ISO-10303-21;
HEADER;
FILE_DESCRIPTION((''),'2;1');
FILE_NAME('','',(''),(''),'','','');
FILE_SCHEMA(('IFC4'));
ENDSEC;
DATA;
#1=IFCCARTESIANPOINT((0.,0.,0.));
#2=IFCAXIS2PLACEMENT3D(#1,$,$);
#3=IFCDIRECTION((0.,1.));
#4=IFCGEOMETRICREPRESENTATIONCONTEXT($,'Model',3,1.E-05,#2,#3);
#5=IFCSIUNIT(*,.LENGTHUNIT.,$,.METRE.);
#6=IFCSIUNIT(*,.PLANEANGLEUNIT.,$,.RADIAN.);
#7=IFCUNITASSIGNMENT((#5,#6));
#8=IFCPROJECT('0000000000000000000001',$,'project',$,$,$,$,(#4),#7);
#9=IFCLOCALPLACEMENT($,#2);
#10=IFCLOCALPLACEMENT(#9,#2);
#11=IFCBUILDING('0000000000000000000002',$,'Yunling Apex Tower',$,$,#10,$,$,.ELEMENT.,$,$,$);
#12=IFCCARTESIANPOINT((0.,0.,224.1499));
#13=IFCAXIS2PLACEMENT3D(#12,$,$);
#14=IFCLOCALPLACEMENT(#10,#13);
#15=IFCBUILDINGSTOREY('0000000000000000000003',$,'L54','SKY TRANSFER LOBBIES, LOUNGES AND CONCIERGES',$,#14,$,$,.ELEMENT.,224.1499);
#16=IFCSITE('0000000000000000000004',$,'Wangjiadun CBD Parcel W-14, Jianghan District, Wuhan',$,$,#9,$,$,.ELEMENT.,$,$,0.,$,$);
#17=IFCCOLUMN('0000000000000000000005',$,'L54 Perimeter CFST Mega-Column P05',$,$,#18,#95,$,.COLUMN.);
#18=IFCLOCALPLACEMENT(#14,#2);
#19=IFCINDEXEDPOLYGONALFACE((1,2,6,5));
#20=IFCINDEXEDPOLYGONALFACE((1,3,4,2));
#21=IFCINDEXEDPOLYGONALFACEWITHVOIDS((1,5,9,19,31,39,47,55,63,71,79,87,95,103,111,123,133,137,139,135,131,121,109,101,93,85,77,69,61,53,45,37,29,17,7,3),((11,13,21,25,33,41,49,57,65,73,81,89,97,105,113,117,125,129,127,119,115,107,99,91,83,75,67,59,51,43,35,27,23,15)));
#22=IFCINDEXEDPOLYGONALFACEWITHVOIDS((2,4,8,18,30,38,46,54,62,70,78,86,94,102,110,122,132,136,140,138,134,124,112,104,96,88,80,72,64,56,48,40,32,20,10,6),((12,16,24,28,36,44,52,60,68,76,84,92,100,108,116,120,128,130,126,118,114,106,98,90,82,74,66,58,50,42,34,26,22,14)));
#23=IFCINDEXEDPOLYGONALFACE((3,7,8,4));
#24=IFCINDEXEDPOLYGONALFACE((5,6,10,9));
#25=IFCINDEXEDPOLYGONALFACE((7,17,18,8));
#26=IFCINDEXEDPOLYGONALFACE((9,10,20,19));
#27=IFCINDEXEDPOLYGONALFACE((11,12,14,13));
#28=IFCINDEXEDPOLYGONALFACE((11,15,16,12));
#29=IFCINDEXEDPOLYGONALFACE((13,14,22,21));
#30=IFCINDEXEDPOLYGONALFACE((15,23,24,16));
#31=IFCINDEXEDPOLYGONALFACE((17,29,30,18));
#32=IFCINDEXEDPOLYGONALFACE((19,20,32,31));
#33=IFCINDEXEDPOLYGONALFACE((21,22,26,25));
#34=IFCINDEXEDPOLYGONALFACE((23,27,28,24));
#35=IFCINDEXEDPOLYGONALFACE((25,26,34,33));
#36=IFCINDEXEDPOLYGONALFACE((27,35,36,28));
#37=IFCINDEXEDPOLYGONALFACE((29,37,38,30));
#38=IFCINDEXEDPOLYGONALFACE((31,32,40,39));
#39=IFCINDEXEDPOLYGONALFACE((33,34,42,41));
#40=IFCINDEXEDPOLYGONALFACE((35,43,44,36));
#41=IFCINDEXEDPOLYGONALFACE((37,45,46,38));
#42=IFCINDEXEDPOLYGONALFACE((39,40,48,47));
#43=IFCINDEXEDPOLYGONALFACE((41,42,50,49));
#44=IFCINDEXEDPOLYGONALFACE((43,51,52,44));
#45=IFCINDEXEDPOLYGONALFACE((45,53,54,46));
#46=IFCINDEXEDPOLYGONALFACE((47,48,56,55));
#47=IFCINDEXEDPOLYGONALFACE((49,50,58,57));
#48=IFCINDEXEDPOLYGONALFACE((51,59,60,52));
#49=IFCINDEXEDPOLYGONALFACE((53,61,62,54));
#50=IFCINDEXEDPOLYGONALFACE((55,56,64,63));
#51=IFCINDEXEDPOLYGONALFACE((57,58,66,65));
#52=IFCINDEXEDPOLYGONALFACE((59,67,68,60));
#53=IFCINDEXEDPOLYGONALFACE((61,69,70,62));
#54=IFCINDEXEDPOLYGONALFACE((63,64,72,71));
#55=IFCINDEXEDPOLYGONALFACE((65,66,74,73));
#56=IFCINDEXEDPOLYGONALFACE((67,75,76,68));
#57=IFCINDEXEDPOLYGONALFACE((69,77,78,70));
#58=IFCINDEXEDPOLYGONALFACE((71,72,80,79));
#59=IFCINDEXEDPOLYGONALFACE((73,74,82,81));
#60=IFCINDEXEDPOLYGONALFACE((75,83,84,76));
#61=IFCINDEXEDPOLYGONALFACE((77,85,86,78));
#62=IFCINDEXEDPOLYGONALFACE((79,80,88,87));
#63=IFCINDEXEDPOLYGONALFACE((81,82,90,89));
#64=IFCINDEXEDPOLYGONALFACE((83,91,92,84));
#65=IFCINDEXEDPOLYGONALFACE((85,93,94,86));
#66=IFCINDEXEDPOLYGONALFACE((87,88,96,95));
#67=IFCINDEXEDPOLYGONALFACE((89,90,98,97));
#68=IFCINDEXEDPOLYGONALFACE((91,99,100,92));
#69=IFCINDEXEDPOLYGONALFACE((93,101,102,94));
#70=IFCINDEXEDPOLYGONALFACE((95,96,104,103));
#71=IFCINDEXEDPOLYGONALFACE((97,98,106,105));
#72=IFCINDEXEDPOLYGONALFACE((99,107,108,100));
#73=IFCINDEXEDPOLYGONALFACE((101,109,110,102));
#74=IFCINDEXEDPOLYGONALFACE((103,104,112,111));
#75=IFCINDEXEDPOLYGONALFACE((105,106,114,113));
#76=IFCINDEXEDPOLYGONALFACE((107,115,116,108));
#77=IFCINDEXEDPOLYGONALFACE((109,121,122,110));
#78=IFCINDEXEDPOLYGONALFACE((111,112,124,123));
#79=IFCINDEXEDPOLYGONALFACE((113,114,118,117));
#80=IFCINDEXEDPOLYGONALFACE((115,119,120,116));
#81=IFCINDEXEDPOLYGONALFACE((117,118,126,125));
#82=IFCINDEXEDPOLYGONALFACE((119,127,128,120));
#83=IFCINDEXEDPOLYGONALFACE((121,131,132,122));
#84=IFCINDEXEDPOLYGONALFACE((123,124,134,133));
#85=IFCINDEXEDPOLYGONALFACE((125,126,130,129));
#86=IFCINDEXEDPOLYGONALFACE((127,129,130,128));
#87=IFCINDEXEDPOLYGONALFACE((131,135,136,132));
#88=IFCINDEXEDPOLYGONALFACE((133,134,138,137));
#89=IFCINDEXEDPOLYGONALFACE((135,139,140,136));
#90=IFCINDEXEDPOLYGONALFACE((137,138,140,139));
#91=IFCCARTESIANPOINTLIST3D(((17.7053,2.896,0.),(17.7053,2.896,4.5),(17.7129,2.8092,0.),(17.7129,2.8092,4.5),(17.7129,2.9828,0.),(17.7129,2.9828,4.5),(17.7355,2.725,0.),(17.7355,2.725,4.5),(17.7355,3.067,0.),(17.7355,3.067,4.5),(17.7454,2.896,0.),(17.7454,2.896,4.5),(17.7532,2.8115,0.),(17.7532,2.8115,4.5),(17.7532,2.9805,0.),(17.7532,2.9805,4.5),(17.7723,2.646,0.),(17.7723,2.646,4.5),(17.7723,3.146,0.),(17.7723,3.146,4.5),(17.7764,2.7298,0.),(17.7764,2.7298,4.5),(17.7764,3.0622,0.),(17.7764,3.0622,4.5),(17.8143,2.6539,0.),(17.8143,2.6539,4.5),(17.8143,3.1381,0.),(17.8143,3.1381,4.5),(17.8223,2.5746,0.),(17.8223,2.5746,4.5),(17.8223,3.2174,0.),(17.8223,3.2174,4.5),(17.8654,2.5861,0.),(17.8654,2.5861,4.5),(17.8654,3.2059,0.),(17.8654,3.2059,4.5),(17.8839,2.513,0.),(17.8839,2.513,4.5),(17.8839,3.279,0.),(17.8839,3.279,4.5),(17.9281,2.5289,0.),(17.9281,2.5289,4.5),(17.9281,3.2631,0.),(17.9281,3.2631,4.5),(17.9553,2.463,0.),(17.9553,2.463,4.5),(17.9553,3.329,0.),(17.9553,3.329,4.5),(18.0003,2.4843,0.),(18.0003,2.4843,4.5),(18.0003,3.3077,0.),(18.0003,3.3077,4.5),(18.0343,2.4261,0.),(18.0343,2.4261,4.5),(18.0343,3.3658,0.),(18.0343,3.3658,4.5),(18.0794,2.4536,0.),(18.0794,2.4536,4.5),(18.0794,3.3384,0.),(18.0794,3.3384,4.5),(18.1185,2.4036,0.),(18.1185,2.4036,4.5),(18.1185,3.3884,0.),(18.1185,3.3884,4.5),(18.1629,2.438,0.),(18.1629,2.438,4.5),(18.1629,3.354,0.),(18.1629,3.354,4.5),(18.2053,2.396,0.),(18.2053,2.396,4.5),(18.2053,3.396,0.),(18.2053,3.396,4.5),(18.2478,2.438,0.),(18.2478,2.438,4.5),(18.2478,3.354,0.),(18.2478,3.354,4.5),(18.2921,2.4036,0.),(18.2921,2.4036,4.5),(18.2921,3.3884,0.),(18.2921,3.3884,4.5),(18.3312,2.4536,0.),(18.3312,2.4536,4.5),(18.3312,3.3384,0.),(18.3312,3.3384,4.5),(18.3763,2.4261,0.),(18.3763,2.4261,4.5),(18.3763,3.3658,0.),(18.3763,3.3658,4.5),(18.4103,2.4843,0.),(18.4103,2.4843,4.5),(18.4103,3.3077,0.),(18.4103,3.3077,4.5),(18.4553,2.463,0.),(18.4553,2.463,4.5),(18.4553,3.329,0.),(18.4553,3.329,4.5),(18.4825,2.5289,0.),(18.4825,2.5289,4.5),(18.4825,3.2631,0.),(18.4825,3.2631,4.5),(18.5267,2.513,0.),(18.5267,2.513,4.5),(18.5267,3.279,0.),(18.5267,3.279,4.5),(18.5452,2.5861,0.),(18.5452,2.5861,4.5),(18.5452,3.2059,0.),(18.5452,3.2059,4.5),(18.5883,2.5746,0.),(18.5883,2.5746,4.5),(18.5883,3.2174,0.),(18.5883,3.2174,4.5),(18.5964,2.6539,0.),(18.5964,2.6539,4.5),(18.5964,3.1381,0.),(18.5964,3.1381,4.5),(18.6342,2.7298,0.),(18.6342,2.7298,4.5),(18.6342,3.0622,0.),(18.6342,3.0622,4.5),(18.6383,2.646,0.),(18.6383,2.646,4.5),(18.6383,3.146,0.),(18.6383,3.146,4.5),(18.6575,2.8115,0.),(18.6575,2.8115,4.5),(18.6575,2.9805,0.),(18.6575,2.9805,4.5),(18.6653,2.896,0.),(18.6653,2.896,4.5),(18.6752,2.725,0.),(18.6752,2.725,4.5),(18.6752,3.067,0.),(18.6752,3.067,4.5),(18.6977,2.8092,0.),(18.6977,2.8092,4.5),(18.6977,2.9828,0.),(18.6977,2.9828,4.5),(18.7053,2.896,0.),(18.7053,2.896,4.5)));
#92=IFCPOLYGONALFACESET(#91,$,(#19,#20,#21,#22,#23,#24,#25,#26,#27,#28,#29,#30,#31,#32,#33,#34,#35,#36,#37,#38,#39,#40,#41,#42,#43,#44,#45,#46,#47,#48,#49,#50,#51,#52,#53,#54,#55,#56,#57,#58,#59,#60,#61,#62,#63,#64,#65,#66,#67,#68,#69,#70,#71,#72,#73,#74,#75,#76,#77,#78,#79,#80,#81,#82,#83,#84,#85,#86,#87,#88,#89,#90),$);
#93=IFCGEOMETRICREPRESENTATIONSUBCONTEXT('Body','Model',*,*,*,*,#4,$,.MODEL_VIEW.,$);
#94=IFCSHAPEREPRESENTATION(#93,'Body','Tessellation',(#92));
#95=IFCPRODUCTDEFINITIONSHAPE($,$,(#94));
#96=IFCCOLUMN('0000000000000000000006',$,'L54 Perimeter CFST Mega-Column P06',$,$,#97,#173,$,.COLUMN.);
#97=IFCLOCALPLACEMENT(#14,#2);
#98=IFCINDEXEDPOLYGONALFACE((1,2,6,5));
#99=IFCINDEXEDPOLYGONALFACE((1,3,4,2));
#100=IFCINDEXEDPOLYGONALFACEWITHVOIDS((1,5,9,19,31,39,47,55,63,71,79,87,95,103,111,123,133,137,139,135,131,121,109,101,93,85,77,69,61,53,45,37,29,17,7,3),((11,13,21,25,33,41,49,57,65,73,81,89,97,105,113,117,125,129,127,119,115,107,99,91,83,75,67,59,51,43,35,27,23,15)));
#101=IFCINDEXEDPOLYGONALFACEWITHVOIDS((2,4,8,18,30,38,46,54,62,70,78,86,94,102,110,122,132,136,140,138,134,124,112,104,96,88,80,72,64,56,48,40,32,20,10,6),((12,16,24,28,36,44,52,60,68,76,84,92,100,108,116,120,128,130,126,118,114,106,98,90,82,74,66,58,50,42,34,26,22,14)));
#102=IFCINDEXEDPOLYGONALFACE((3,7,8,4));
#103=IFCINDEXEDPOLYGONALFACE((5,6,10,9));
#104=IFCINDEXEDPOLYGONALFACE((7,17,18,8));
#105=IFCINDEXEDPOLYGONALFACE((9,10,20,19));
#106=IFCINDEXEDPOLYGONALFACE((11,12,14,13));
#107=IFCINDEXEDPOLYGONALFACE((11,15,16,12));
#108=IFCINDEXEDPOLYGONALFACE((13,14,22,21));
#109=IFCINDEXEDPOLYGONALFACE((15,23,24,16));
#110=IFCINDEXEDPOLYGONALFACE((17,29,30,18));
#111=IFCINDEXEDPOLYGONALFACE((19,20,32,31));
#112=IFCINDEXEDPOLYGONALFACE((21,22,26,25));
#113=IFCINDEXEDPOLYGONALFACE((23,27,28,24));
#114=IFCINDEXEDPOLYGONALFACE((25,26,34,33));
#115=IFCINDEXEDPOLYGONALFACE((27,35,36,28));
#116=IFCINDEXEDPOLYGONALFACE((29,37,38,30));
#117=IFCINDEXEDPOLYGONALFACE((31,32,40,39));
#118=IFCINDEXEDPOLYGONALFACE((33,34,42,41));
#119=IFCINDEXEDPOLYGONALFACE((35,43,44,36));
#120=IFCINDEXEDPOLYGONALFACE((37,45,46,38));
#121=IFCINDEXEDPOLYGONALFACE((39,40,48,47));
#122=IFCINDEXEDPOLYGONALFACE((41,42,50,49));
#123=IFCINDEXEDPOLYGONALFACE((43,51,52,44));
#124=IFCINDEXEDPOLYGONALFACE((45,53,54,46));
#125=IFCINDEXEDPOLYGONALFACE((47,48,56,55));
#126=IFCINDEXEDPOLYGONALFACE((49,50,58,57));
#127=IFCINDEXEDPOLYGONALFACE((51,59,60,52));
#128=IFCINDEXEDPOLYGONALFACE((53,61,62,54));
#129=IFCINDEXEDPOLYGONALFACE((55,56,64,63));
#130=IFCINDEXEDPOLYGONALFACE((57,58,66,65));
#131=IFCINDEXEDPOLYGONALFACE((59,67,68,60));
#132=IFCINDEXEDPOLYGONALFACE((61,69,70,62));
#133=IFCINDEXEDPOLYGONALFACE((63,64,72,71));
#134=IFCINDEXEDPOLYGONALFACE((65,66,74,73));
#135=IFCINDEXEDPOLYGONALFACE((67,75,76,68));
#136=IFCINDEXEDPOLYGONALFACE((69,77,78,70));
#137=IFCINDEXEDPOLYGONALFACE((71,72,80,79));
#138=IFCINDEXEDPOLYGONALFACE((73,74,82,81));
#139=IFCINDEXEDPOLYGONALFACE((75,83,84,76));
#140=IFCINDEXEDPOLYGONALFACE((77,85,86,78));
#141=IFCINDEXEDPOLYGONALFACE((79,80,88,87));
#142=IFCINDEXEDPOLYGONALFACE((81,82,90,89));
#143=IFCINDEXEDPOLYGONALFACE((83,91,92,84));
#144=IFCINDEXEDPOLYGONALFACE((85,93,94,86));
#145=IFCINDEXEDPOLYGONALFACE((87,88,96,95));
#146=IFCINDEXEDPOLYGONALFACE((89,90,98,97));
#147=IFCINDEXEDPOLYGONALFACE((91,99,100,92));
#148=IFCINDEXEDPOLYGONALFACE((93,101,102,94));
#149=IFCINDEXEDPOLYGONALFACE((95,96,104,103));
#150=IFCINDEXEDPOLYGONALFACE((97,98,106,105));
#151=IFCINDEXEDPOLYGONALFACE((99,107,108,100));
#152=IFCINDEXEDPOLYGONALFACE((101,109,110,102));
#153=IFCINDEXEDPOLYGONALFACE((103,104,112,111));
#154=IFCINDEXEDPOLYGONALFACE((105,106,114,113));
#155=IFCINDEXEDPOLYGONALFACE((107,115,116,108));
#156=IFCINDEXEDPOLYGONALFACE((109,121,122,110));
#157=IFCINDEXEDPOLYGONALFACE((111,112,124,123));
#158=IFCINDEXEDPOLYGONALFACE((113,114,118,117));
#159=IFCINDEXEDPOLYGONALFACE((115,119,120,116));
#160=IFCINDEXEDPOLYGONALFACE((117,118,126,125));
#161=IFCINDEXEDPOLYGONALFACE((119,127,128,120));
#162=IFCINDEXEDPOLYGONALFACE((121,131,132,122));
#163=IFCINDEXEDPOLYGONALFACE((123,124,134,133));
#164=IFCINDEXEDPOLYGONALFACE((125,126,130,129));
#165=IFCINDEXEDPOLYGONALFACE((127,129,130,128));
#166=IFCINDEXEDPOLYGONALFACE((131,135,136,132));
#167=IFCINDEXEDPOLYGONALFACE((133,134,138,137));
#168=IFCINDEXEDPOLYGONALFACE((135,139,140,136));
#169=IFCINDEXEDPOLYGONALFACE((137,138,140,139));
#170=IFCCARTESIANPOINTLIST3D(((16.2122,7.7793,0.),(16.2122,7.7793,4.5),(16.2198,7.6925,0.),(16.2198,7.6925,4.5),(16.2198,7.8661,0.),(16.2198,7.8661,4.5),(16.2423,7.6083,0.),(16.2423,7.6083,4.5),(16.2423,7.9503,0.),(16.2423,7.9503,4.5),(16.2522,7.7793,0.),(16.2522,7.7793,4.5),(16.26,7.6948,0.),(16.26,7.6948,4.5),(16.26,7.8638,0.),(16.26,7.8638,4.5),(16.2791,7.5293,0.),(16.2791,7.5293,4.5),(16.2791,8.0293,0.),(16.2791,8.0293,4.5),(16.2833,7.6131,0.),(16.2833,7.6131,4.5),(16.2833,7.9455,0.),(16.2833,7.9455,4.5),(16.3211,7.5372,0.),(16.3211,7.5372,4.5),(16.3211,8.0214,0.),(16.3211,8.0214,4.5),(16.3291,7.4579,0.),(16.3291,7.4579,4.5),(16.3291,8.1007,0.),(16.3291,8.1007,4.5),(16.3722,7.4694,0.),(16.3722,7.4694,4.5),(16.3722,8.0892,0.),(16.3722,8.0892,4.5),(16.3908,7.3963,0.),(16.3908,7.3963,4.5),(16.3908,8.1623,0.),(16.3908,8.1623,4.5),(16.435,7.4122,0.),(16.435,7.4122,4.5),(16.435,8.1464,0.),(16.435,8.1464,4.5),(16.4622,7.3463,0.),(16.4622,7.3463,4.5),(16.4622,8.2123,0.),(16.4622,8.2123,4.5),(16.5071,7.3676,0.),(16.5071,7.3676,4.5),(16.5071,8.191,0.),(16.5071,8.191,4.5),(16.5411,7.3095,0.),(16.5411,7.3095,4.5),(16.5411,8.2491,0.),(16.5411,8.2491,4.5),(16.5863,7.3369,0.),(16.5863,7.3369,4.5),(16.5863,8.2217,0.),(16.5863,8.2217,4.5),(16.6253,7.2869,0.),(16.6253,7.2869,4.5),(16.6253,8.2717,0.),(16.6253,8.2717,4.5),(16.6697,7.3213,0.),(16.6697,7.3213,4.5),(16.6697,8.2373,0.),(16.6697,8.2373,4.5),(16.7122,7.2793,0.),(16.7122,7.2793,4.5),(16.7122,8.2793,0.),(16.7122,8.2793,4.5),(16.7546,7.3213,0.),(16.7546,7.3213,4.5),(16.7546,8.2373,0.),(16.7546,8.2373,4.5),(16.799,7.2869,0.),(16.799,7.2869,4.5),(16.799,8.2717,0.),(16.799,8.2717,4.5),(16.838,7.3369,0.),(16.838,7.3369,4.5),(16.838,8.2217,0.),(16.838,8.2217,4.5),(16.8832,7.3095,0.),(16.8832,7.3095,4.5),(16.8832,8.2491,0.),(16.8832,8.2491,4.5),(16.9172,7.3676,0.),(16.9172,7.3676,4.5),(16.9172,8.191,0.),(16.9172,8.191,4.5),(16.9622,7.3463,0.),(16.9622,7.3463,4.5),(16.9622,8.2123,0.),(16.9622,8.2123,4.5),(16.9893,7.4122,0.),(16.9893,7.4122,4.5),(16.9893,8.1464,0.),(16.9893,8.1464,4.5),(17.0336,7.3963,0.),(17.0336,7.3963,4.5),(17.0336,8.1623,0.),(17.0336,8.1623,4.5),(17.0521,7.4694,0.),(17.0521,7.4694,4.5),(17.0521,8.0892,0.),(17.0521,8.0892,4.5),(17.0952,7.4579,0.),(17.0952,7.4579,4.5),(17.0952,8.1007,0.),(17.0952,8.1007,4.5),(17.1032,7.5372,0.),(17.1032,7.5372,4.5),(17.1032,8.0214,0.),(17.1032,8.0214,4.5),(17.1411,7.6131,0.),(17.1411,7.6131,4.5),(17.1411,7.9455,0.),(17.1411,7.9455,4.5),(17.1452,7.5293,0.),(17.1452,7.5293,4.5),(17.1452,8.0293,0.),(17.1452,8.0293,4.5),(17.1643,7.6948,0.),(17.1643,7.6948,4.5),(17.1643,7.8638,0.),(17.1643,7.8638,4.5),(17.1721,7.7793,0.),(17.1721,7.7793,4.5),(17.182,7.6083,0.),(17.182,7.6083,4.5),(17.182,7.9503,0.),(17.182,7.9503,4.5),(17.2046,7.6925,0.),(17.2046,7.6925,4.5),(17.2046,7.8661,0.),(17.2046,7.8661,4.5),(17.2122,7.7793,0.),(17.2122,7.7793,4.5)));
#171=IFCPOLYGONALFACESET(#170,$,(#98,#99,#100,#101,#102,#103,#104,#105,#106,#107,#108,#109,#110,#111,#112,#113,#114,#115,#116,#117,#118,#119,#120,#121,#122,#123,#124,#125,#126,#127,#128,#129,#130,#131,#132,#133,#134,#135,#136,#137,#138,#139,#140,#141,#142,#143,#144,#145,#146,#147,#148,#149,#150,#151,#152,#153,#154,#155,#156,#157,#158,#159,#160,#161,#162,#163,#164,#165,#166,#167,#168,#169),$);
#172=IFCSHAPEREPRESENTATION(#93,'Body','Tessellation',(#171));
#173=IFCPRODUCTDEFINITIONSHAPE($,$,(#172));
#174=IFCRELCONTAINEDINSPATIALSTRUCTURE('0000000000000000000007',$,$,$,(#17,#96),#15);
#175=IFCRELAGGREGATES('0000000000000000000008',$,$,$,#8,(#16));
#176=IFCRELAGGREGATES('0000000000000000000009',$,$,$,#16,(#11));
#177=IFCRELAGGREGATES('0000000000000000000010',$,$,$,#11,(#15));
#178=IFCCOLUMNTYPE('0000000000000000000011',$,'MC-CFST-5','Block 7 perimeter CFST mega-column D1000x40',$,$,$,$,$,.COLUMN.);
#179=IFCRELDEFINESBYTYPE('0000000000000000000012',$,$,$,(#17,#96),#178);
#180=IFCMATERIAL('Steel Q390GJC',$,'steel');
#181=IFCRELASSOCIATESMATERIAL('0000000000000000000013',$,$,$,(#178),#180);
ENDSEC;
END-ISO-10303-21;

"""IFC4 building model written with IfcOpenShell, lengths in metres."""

from ifc_helpers import new_model, si_unit, direction, frame, origin, origin_2d, place, context, subcontext, project, spatial, hollow_circle, extrude, source, transform, mapped, material, material_profile, profile_set, type_object, element, save


model = new_model("IFC4")

# Units and contexts
model_context = context("Model", 3, precision=1e-05, world=origin(), true_north=direction((0.0, 1.0)))
body_context = subcontext(model_context, "Body", "Model", "MODEL_VIEW")
ifc_project = project(units=[si_unit("LENGTHUNIT", "METRE"), si_unit("PLANEANGLEUNIT", "RADIAN")], contexts=[model_context])

# Site, building, storey
site_placement = place(None, origin())
site = spatial("IfcSite", under=ifc_project, at=site_placement, Name="Wangjiadun CBD Parcel W-14, Jianghan District, Wuhan", CompositionType="ELEMENT", RefElevation=0.0)
building_placement = place(site_placement, origin())
building = spatial("IfcBuilding", under=site, at=building_placement, Name="Yunling Apex Tower", CompositionType="ELEMENT")
storey_placement = place(building_placement, frame((0.0, 0.0, 224.1499)))
storey = spatial("IfcBuildingStorey", under=building, at=storey_placement, Name="L54", Description="SKY TRANSFER LOBBIES, LOUNGES AND CONCIERGES", CompositionType="ELEMENT", Elevation=224.1499)

# Columns
ifc_material_1 = material(Name="Steel Q390GJC", Category="steel")
ifc_material_profile_1 = material_profile(ifc_material_1, hollow_circle(Radius=0.5, WallThickness=0.04, at=origin_2d()))
ifc_profile_set_1 = profile_set([ifc_material_profile_1], Name="Steel Q390GJC")
column_type = type_object("IfcColumnType", Name="MC-CFST-5", Description="Block 7 perimeter CFST mega-column D1000x40", PredefinedType="COLUMN", material=ifc_profile_set_1)
shared_shape_1 = source(origin(), body_context, "Body", "SweptSolid", [
    extrude(hollow_circle(Radius=0.5, WallThickness=0.04, at=origin_2d()), origin(), (0.0, 0.0, 1.0), 4.5),
])
for number, where, z_axis, x_axis, name in (
    (1, (18.2053, 2.896, 0.0), (0.0, 0.0, 1.0), (1.0, 0.0, 0.0), "L54 Perimeter CFST Mega-Column P05"),
    (2, (16.7122, 7.7793, 0.0), (0.0, 0.0, 1.0), (1.0, 0.0, 0.0), "L54 Perimeter CFST Mega-Column P06"),
):
    element("IfcColumn", number, at=place(storey_placement, frame(where, z_axis=z_axis, x_axis=x_axis)), inside=storey, type_object=column_type, Name=name, PredefinedType="COLUMN", context=body_context, shape_type="MappedRepresentation", body=[
        mapped(shared_shape_1, transform((0.0, 0.0, 0.0), scale=1.0)),
    ])

save(model, "model.ifc")
